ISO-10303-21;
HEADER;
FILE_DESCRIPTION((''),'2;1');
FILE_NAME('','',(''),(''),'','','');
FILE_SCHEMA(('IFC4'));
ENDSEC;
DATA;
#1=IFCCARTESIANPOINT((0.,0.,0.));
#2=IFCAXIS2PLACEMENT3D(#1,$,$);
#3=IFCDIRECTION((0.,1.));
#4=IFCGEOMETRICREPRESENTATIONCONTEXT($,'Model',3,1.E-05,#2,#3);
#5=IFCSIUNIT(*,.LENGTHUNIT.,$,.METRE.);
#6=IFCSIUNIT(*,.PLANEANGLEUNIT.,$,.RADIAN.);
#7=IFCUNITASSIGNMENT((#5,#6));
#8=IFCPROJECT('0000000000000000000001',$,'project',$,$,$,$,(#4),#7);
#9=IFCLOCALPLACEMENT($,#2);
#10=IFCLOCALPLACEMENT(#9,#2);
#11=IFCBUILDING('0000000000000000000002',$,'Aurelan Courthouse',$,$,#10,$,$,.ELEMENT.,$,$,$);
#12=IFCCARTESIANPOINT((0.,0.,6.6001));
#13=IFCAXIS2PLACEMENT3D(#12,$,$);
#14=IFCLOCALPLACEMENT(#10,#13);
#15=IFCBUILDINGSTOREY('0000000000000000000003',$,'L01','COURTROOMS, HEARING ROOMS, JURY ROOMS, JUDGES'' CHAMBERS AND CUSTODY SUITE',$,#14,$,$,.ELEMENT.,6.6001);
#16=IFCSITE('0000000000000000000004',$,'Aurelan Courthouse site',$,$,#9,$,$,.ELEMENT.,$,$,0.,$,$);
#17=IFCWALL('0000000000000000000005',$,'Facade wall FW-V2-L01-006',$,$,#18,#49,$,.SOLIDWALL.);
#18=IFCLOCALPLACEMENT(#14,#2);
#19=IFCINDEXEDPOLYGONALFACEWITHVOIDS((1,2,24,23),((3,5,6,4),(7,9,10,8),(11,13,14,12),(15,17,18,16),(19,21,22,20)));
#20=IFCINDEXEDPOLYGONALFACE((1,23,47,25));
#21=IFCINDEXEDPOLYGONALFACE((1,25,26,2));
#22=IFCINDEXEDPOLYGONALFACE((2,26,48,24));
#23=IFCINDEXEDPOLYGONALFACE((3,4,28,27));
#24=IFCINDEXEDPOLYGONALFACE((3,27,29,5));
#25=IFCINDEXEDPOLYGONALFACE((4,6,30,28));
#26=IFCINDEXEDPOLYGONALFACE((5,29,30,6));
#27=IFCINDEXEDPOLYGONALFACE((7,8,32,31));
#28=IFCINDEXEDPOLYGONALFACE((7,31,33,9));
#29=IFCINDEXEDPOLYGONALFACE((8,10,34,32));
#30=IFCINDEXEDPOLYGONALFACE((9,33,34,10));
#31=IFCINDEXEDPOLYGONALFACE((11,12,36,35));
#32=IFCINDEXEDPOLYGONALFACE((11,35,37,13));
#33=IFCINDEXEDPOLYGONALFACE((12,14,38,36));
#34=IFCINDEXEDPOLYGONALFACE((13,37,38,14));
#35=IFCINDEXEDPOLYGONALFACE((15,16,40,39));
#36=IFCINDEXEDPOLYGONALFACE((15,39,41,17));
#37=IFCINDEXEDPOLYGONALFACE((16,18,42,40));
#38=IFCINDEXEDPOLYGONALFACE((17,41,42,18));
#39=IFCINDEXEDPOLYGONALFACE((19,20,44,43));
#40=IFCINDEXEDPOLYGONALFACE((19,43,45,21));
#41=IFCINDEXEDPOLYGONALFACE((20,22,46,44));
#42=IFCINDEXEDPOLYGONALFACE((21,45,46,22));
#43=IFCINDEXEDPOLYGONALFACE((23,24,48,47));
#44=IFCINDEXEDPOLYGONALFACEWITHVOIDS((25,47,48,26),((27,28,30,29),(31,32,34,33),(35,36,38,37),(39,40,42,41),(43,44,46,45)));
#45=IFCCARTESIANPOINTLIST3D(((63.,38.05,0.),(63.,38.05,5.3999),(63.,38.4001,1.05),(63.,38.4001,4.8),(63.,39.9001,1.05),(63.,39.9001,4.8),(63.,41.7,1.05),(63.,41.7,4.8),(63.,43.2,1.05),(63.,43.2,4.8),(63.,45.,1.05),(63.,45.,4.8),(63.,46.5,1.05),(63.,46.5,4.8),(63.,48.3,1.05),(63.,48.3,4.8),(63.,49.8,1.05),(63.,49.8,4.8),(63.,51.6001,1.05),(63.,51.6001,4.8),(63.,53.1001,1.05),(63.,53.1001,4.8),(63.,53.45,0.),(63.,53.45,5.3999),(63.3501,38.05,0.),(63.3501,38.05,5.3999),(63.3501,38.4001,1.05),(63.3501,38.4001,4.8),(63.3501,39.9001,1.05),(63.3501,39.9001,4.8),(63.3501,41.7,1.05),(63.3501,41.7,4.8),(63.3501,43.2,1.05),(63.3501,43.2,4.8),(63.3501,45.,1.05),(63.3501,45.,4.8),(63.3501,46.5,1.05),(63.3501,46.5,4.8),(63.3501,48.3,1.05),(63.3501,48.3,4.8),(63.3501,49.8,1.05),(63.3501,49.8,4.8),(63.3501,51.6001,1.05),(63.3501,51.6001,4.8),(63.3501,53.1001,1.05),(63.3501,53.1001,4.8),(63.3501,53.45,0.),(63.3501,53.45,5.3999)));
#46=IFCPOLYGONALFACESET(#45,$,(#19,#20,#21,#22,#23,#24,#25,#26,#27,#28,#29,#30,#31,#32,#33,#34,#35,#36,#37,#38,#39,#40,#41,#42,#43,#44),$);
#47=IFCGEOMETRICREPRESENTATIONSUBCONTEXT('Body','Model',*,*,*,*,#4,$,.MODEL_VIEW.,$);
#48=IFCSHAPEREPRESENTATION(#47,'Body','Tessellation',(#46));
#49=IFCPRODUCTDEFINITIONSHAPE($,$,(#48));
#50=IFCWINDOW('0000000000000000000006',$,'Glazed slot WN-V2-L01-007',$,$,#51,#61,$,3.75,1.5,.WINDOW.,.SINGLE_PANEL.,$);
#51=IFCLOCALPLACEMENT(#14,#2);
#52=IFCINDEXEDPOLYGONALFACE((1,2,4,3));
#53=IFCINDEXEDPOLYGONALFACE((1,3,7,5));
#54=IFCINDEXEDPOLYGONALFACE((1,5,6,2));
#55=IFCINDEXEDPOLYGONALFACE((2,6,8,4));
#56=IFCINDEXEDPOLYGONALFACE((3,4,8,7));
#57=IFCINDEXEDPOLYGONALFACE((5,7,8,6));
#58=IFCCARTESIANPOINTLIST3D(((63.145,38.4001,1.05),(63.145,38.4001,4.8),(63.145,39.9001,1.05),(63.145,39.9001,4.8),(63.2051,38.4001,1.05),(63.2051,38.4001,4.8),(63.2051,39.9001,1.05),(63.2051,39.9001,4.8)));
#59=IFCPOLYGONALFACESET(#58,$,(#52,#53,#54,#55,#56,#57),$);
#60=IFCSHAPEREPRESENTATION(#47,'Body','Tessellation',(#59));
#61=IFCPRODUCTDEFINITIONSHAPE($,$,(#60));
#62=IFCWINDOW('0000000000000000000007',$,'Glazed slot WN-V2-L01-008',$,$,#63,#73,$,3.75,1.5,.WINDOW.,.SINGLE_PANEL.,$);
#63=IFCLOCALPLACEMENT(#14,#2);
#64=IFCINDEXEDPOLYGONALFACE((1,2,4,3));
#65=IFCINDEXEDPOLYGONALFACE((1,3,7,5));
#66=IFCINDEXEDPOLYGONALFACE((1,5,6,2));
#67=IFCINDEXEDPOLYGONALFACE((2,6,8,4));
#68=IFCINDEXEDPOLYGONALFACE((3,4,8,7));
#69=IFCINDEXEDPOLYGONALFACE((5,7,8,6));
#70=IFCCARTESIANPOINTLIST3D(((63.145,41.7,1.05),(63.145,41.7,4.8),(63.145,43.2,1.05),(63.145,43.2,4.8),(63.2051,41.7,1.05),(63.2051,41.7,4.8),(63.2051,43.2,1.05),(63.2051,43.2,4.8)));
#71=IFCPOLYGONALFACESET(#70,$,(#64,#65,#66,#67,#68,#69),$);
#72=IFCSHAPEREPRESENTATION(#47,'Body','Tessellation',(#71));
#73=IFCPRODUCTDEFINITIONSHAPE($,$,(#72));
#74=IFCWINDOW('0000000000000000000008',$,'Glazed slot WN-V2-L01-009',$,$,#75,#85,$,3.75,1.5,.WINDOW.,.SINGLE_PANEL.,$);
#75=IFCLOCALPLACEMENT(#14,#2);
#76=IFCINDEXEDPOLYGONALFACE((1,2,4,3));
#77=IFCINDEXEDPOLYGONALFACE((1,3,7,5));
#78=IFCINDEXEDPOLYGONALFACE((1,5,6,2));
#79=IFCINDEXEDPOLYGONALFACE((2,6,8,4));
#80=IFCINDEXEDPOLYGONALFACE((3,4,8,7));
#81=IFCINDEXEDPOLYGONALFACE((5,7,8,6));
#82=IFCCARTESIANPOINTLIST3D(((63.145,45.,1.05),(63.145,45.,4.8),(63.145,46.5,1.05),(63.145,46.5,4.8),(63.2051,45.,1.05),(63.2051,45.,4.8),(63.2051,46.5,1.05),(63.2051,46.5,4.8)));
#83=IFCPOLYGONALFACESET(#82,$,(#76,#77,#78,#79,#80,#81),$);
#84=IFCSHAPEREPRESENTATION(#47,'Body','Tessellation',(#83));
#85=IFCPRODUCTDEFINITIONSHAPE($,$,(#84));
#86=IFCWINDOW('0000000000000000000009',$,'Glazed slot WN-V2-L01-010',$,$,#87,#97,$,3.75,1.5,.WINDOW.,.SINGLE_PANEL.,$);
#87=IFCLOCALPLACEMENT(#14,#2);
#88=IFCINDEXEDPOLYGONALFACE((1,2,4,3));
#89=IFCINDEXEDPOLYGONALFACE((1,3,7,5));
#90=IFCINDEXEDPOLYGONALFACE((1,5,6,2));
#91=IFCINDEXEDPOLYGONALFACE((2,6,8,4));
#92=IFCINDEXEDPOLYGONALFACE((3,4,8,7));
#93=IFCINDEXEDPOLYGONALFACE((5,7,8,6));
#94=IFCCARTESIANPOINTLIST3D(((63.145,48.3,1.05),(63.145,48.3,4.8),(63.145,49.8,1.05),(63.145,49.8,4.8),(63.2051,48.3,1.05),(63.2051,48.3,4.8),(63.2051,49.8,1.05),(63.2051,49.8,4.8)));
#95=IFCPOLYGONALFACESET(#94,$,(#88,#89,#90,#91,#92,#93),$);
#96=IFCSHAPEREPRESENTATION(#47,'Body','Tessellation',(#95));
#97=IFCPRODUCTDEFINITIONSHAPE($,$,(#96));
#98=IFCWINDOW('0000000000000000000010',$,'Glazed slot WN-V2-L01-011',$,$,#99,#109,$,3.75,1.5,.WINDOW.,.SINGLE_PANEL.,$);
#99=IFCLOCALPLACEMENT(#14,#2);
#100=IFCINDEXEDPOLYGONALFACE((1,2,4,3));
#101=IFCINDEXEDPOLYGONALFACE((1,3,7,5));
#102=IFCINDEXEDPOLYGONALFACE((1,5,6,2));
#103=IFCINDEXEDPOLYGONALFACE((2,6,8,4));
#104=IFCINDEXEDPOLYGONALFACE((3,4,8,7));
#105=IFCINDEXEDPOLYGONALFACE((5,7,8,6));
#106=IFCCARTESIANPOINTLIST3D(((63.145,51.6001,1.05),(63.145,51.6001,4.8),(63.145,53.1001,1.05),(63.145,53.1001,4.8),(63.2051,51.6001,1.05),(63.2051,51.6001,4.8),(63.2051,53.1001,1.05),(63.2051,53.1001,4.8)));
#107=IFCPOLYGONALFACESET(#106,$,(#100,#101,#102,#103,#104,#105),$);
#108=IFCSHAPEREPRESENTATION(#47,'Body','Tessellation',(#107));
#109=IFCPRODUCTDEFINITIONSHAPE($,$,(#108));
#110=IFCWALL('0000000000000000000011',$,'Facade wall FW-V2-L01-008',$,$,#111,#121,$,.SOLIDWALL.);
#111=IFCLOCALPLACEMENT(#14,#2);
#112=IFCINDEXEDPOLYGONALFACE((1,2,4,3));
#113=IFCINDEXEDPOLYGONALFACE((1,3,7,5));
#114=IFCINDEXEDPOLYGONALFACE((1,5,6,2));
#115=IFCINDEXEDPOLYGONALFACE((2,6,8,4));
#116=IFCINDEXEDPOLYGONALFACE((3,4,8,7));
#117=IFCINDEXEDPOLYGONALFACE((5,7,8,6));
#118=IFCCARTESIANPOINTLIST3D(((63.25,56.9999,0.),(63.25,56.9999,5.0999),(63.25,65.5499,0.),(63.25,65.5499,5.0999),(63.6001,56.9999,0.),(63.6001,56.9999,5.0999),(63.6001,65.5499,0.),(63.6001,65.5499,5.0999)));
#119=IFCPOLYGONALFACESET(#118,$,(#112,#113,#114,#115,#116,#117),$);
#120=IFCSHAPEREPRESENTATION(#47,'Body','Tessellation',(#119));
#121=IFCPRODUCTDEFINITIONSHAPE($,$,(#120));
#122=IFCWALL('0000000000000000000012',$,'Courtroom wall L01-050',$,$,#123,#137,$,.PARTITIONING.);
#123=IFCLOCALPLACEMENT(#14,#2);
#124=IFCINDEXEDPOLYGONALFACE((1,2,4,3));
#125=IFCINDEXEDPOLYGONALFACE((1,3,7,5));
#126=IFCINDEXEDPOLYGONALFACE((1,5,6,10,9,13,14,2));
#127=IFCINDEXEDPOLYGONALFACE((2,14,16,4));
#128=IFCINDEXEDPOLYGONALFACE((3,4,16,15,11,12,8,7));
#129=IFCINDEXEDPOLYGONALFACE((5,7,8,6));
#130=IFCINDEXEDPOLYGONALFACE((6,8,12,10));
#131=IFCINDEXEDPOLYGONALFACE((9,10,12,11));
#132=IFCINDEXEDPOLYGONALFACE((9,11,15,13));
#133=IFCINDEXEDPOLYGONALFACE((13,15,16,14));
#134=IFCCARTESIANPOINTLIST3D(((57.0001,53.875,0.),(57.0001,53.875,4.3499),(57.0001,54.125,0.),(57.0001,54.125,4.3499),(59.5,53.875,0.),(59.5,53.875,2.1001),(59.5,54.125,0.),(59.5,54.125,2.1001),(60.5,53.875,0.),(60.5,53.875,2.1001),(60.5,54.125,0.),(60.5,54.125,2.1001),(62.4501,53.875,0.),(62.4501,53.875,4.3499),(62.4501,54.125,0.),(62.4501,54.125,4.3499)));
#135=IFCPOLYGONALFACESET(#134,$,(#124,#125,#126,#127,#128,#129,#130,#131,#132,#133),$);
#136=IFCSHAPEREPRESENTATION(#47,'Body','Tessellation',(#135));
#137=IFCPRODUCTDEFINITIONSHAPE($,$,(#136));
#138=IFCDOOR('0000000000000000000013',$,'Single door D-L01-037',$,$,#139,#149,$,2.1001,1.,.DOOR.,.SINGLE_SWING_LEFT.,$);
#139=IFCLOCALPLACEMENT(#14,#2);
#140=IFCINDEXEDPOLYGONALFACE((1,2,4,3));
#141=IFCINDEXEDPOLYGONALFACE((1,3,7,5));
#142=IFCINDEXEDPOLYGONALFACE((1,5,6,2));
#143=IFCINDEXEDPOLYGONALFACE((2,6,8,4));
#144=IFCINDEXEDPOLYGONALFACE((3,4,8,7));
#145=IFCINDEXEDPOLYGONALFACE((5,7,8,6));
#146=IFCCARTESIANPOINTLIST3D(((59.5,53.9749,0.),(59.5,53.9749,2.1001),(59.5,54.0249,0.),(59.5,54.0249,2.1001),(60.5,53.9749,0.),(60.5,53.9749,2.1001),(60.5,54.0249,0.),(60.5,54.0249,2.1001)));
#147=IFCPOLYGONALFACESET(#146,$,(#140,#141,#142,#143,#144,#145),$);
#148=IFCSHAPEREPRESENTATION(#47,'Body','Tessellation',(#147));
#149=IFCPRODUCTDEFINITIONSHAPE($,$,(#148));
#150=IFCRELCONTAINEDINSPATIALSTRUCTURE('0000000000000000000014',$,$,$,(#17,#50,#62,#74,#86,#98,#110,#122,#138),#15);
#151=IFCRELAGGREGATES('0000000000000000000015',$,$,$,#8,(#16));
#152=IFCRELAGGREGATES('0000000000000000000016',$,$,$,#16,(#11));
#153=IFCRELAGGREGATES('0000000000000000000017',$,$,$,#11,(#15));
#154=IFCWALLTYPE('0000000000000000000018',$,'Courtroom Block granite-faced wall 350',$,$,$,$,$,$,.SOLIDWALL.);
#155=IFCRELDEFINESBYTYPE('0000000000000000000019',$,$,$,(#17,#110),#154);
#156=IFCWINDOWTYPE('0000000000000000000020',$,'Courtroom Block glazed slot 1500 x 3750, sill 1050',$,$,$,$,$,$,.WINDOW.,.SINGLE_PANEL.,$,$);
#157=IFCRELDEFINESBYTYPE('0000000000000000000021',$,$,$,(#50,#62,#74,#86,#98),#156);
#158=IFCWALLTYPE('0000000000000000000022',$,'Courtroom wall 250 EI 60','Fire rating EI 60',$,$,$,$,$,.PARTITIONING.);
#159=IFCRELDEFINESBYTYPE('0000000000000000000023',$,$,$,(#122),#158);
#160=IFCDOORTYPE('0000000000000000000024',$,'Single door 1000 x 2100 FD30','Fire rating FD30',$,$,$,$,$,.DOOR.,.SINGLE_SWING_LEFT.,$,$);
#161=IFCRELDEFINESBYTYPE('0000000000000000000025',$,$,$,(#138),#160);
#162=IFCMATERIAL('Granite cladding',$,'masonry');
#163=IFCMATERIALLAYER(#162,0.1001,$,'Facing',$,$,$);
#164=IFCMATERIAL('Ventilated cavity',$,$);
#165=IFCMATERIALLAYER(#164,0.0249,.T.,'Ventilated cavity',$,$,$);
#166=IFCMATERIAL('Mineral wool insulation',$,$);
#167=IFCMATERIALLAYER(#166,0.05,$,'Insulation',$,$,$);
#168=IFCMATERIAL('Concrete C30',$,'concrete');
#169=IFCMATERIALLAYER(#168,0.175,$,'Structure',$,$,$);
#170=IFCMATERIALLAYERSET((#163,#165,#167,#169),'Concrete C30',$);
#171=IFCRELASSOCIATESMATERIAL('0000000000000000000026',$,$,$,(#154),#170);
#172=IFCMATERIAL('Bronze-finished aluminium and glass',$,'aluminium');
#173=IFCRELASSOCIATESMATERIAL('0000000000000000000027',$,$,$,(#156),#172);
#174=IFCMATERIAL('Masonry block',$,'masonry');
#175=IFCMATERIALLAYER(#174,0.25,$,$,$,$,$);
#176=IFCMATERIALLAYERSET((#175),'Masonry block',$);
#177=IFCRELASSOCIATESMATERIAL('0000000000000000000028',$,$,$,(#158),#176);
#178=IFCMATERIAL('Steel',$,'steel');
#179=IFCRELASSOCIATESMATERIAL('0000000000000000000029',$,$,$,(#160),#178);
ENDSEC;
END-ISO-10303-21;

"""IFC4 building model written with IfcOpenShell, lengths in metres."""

from ifc_helpers import new_model, si_unit, direction, frame, frame_2d, origin, place, context, subcontext, project, spatial, rectangle, extrude, material, layer, layer_set, type_object, element, fill, save


model = new_model("IFC4")

# Units and contexts
model_context = context("Model", 3, precision=1e-05, world=origin(), true_north=direction((0.0, 1.0)))
body_context = subcontext(model_context, "Body", "Model", "MODEL_VIEW")
ifc_project = project(units=[si_unit("LENGTHUNIT", "METRE"), si_unit("PLANEANGLEUNIT", "RADIAN")], contexts=[model_context])

# Site, building, storey
site_placement = place(None, origin())
site = spatial("IfcSite", under=ifc_project, at=site_placement, Name="Aurelan Courthouse site", CompositionType="ELEMENT", RefElevation=0.0)
building_placement = place(site_placement, origin())
building = spatial("IfcBuilding", under=site, at=building_placement, Name="Aurelan Courthouse", CompositionType="ELEMENT")
storey_placement = place(building_placement, frame((0.0, 0.0, 6.6001)))
storey = spatial("IfcBuildingStorey", under=building, at=storey_placement, Name="L01", Description="COURTROOMS, HEARING ROOMS, JURY ROOMS, JUDGES' CHAMBERS AND CUSTODY SUITE", CompositionType="ELEMENT", Elevation=6.6001)

# Shared definitions
ifc_material_1 = material(Name="Granite cladding", Category="masonry")
ifc_material_2 = material(Name="Ventilated cavity")
ifc_material_3 = material(Name="Mineral wool insulation")
ifc_material_4 = material(Name="Concrete C30", Category="concrete")
ifc_material_5 = material(Name="Bronze-finished aluminium and glass", Category="aluminium")

# Wall, openings, windows
ifc_layer_1 = layer(ifc_material_1, 0.1001, Name="Facing")
ifc_layer_2 = layer(ifc_material_2, 0.0249, ventilated=True, Name="Ventilated cavity")
ifc_layer_3 = layer(ifc_material_3, 0.05, Name="Insulation")
ifc_layer_4 = layer(ifc_material_4, 0.175, Name="Structure")
ifc_layer_set_1 = layer_set([ifc_layer_1, ifc_layer_2, ifc_layer_3, ifc_layer_4], Name="Concrete C30")
wall_type_1 = type_object("IfcWallType", Name="Courtroom Block granite-faced wall 350", PredefinedType="SOLIDWALL", material=ifc_layer_set_1)
wall_1_placement = place(storey_placement, frame((63.175, 38.05, 0.0), z_axis=(0.0, 0.0, 1.0), x_axis=(0.0, 1.0, 0.0)))
wall_1 = element("IfcWall", 1, at=wall_1_placement, inside=storey, type_object=wall_type_1, Name="Facade wall FW-V2-L01-006", PredefinedType="SOLIDWALL", context=body_context, shape_type="SweptSolid", body=[
    extrude(rectangle(XDim=15.3999, YDim=0.3501, at=frame_2d((7.7, 0.0))), origin(), (0.0, 0.0, 1.0), 5.3999),
])
opening_1_placement = place(wall_1_placement, frame((0.3501, 0.0, 1.05)))
opening_1 = element("IfcOpeningElement", 2, at=opening_1_placement, cuts=wall_1, PredefinedType="OPENING", context=body_context, shape_type="SweptSolid", body=[
    extrude(rectangle(XDim=1.5, YDim=3.75, at=frame_2d((0.75, 1.875))), frame((0.0, 0.1851, 0.0), z_axis=(0.0, -1.0, 0.0), x_axis=(1.0, 0.0, 0.0)), (0.0, 0.0, 1.0), 0.3701),
])
opening_2_placement = place(wall_1_placement, frame((3.6499, 0.0, 1.05)))
opening_2 = element("IfcOpeningElement", 3, at=opening_2_placement, cuts=wall_1, PredefinedType="OPENING", context=body_context, shape_type="SweptSolid", body=[
    extrude(rectangle(XDim=1.5, YDim=3.75, at=frame_2d((0.75, 1.875))), frame((0.0, 0.1851, 0.0), z_axis=(0.0, -1.0, 0.0), x_axis=(1.0, 0.0, 0.0)), (0.0, 0.0, 1.0), 0.3701),
])
opening_3_placement = place(wall_1_placement, frame((6.95, 0.0, 1.05)))
opening_3 = element("IfcOpeningElement", 4, at=opening_3_placement, cuts=wall_1, PredefinedType="OPENING", context=body_context, shape_type="SweptSolid", body=[
    extrude(rectangle(XDim=1.5, YDim=3.75, at=frame_2d((0.75, 1.875))), frame((0.0, 0.1851, 0.0), z_axis=(0.0, -1.0, 0.0), x_axis=(1.0, 0.0, 0.0)), (0.0, 0.0, 1.0), 0.3701),
])
opening_4_placement = place(wall_1_placement, frame((10.25, 0.0, 1.05)))
opening_4 = element("IfcOpeningElement", 5, at=opening_4_placement, cuts=wall_1, PredefinedType="OPENING", context=body_context, shape_type="SweptSolid", body=[
    extrude(rectangle(XDim=1.5, YDim=3.75, at=frame_2d((0.75, 1.875))), frame((0.0, 0.1851, 0.0), z_axis=(0.0, -1.0, 0.0), x_axis=(1.0, 0.0, 0.0)), (0.0, 0.0, 1.0), 0.3701),
])
opening_5_placement = place(wall_1_placement, frame((13.55, 0.0, 1.05)))
opening_5 = element("IfcOpeningElement", 6, at=opening_5_placement, cuts=wall_1, PredefinedType="OPENING", context=body_context, shape_type="SweptSolid", body=[
    extrude(rectangle(XDim=1.5, YDim=3.75, at=frame_2d((0.75, 1.875))), frame((0.0, 0.1851, 0.0), z_axis=(0.0, -1.0, 0.0), x_axis=(1.0, 0.0, 0.0)), (0.0, 0.0, 1.0), 0.3701),
])
window_type_1 = type_object("IfcWindowType", Name="Courtroom Block glazed slot 1500 x 3750, sill 1050", PartitioningType="SINGLE_PANEL", PredefinedType="WINDOW", material=ifc_material_5)
window_1_placement = place(opening_1_placement, origin())
window_1 = element("IfcWindow", 7, at=window_1_placement, inside=storey, type_object=window_type_1, Name="Glazed slot WN-V2-L01-007", OverallHeight=3.75, OverallWidth=1.5, PartitioningType="SINGLE_PANEL", PredefinedType="WINDOW", context=body_context, shape_type="SweptSolid", body=[
    extrude(rectangle(XDim=1.5, YDim=3.75, at=frame_2d((0.75, 1.875))), frame((0.0, 0.03, 0.0), z_axis=(0.0, -1.0, 0.0), x_axis=(1.0, 0.0, 0.0)), (0.0, 0.0, 1.0), 0.0601),
])
fill(opening_1, window_1)
window_2_placement = place(opening_2_placement, origin())
window_2 = element("IfcWindow", 8, at=window_2_placement, inside=storey, type_object=window_type_1, Name="Glazed slot WN-V2-L01-008", OverallHeight=3.75, OverallWidth=1.5, PartitioningType="SINGLE_PANEL", PredefinedType="WINDOW", context=body_context, shape_type="SweptSolid", body=[
    extrude(rectangle(XDim=1.5, YDim=3.75, at=frame_2d((0.75, 1.875))), frame((0.0, 0.03, 0.0), z_axis=(0.0, -1.0, 0.0), x_axis=(1.0, 0.0, 0.0)), (0.0, 0.0, 1.0), 0.0601),
])
fill(opening_2, window_2)
window_3_placement = place(opening_3_placement, origin())
window_3 = element("IfcWindow", 9, at=window_3_placement, inside=storey, type_object=window_type_1, Name="Glazed slot WN-V2-L01-009", OverallHeight=3.75, OverallWidth=1.5, PartitioningType="SINGLE_PANEL", PredefinedType="WINDOW", context=body_context, shape_type="SweptSolid", body=[
    extrude(rectangle(XDim=1.5, YDim=3.75, at=frame_2d((0.75, 1.875))), frame((0.0, 0.03, 0.0), z_axis=(0.0, -1.0, 0.0), x_axis=(1.0, 0.0, 0.0)), (0.0, 0.0, 1.0), 0.0601),
])
fill(opening_3, window_3)
window_4_placement = place(opening_4_placement, origin())
window_4 = element("IfcWindow", 10, at=window_4_placement, inside=storey, type_object=window_type_1, Name="Glazed slot WN-V2-L01-010", OverallHeight=3.75, OverallWidth=1.5, PartitioningType="SINGLE_PANEL", PredefinedType="WINDOW", context=body_context, shape_type="SweptSolid", body=[
    extrude(rectangle(XDim=1.5, YDim=3.75, at=frame_2d((0.75, 1.875))), frame((0.0, 0.03, 0.0), z_axis=(0.0, -1.0, 0.0), x_axis=(1.0, 0.0, 0.0)), (0.0, 0.0, 1.0), 0.0601),
])
fill(opening_4, window_4)
window_5_placement = place(opening_5_placement, origin())
window_5 = element("IfcWindow", 11, at=window_5_placement, inside=storey, type_object=window_type_1, Name="Glazed slot WN-V2-L01-011", OverallHeight=3.75, OverallWidth=1.5, PartitioningType="SINGLE_PANEL", PredefinedType="WINDOW", context=body_context, shape_type="SweptSolid", body=[
    extrude(rectangle(XDim=1.5, YDim=3.75, at=frame_2d((0.75, 1.875))), frame((0.0, 0.03, 0.0), z_axis=(0.0, -1.0, 0.0), x_axis=(1.0, 0.0, 0.0)), (0.0, 0.0, 1.0), 0.0601),
])
fill(opening_5, window_5)

# Wall
wall_2_placement = place(storey_placement, frame((63.425, 57.0, 0.0), z_axis=(0.0, 0.0, 1.0), x_axis=(0.0, 1.0, 0.0)))
element("IfcWall", 12, at=wall_2_placement, inside=storey, type_object=wall_type_1, Name="Facade wall FW-V2-L01-008", PredefinedType="SOLIDWALL", context=body_context, shape_type="SweptSolid", body=[
    extrude(rectangle(XDim=8.55, YDim=0.3501, at=frame_2d((4.2749, 0.0))), origin(), (0.0, 0.0, 1.0), 5.0999),
])

# Wall, opening, door
ifc_material_6 = material(Name="Masonry block", Category="masonry")
ifc_layer_5 = layer(ifc_material_6, 0.25)
ifc_layer_set_2 = layer_set([ifc_layer_5], Name="Masonry block")
wall_type_2 = type_object("IfcWallType", Name="Courtroom wall 250 EI 60", Description="Fire rating EI 60", PredefinedType="PARTITIONING", material=ifc_layer_set_2)
wall_3_placement = place(storey_placement, frame((57.0, 54.0, 0.0), z_axis=(0.0, 0.0, 1.0), x_axis=(1.0, 0.0, 0.0)))
wall_3 = element("IfcWall", 13, at=wall_3_placement, inside=storey, type_object=wall_type_2, Name="Courtroom wall L01-050", PredefinedType="PARTITIONING", context=body_context, shape_type="SweptSolid", body=[
    extrude(rectangle(XDim=5.45, YDim=0.25, at=frame_2d((2.7251, 0.0))), origin(), (0.0, 0.0, 1.0), 4.3499),
])
opening_6_placement = place(wall_3_placement, frame((2.5, 0.0, 0.0)))
opening_6 = element("IfcOpeningElement", 14, at=opening_6_placement, cuts=wall_3, PredefinedType="OPENING", context=body_context, shape_type="SweptSolid", body=[
    extrude(rectangle(XDim=1.0, YDim=2.1001, at=frame_2d((0.5, 1.05))), frame((0.0, 0.135, 0.0), z_axis=(0.0, -1.0, 0.0), x_axis=(1.0, 0.0, 0.0)), (0.0, 0.0, 1.0), 0.27),
])
ifc_material_7 = material(Name="Steel", Category="steel")
door_type_1 = type_object("IfcDoorType", Name="Single door 1000 x 2100 FD30", Description="Fire rating FD30", OperationType="SINGLE_SWING_LEFT", PredefinedType="DOOR", material=ifc_material_7)
door_1_placement = place(opening_6_placement, origin())
door_1 = element("IfcDoor", 15, at=door_1_placement, inside=storey, type_object=door_type_1, Name="Single door D-L01-037", OperationType="SINGLE_SWING_LEFT", OverallHeight=2.1001, OverallWidth=1.0, PredefinedType="DOOR", context=body_context, shape_type="SweptSolid", body=[
    extrude(rectangle(XDim=1.0, YDim=2.1001, at=frame_2d((0.5, 1.05))), frame((0.0, 0.0249, 0.0), z_axis=(0.0, -1.0, 0.0), x_axis=(1.0, 0.0, 0.0)), (0.0, 0.0, 1.0), 0.05),
])
fill(opening_6, door_1)

save(model, "model.ifc")
